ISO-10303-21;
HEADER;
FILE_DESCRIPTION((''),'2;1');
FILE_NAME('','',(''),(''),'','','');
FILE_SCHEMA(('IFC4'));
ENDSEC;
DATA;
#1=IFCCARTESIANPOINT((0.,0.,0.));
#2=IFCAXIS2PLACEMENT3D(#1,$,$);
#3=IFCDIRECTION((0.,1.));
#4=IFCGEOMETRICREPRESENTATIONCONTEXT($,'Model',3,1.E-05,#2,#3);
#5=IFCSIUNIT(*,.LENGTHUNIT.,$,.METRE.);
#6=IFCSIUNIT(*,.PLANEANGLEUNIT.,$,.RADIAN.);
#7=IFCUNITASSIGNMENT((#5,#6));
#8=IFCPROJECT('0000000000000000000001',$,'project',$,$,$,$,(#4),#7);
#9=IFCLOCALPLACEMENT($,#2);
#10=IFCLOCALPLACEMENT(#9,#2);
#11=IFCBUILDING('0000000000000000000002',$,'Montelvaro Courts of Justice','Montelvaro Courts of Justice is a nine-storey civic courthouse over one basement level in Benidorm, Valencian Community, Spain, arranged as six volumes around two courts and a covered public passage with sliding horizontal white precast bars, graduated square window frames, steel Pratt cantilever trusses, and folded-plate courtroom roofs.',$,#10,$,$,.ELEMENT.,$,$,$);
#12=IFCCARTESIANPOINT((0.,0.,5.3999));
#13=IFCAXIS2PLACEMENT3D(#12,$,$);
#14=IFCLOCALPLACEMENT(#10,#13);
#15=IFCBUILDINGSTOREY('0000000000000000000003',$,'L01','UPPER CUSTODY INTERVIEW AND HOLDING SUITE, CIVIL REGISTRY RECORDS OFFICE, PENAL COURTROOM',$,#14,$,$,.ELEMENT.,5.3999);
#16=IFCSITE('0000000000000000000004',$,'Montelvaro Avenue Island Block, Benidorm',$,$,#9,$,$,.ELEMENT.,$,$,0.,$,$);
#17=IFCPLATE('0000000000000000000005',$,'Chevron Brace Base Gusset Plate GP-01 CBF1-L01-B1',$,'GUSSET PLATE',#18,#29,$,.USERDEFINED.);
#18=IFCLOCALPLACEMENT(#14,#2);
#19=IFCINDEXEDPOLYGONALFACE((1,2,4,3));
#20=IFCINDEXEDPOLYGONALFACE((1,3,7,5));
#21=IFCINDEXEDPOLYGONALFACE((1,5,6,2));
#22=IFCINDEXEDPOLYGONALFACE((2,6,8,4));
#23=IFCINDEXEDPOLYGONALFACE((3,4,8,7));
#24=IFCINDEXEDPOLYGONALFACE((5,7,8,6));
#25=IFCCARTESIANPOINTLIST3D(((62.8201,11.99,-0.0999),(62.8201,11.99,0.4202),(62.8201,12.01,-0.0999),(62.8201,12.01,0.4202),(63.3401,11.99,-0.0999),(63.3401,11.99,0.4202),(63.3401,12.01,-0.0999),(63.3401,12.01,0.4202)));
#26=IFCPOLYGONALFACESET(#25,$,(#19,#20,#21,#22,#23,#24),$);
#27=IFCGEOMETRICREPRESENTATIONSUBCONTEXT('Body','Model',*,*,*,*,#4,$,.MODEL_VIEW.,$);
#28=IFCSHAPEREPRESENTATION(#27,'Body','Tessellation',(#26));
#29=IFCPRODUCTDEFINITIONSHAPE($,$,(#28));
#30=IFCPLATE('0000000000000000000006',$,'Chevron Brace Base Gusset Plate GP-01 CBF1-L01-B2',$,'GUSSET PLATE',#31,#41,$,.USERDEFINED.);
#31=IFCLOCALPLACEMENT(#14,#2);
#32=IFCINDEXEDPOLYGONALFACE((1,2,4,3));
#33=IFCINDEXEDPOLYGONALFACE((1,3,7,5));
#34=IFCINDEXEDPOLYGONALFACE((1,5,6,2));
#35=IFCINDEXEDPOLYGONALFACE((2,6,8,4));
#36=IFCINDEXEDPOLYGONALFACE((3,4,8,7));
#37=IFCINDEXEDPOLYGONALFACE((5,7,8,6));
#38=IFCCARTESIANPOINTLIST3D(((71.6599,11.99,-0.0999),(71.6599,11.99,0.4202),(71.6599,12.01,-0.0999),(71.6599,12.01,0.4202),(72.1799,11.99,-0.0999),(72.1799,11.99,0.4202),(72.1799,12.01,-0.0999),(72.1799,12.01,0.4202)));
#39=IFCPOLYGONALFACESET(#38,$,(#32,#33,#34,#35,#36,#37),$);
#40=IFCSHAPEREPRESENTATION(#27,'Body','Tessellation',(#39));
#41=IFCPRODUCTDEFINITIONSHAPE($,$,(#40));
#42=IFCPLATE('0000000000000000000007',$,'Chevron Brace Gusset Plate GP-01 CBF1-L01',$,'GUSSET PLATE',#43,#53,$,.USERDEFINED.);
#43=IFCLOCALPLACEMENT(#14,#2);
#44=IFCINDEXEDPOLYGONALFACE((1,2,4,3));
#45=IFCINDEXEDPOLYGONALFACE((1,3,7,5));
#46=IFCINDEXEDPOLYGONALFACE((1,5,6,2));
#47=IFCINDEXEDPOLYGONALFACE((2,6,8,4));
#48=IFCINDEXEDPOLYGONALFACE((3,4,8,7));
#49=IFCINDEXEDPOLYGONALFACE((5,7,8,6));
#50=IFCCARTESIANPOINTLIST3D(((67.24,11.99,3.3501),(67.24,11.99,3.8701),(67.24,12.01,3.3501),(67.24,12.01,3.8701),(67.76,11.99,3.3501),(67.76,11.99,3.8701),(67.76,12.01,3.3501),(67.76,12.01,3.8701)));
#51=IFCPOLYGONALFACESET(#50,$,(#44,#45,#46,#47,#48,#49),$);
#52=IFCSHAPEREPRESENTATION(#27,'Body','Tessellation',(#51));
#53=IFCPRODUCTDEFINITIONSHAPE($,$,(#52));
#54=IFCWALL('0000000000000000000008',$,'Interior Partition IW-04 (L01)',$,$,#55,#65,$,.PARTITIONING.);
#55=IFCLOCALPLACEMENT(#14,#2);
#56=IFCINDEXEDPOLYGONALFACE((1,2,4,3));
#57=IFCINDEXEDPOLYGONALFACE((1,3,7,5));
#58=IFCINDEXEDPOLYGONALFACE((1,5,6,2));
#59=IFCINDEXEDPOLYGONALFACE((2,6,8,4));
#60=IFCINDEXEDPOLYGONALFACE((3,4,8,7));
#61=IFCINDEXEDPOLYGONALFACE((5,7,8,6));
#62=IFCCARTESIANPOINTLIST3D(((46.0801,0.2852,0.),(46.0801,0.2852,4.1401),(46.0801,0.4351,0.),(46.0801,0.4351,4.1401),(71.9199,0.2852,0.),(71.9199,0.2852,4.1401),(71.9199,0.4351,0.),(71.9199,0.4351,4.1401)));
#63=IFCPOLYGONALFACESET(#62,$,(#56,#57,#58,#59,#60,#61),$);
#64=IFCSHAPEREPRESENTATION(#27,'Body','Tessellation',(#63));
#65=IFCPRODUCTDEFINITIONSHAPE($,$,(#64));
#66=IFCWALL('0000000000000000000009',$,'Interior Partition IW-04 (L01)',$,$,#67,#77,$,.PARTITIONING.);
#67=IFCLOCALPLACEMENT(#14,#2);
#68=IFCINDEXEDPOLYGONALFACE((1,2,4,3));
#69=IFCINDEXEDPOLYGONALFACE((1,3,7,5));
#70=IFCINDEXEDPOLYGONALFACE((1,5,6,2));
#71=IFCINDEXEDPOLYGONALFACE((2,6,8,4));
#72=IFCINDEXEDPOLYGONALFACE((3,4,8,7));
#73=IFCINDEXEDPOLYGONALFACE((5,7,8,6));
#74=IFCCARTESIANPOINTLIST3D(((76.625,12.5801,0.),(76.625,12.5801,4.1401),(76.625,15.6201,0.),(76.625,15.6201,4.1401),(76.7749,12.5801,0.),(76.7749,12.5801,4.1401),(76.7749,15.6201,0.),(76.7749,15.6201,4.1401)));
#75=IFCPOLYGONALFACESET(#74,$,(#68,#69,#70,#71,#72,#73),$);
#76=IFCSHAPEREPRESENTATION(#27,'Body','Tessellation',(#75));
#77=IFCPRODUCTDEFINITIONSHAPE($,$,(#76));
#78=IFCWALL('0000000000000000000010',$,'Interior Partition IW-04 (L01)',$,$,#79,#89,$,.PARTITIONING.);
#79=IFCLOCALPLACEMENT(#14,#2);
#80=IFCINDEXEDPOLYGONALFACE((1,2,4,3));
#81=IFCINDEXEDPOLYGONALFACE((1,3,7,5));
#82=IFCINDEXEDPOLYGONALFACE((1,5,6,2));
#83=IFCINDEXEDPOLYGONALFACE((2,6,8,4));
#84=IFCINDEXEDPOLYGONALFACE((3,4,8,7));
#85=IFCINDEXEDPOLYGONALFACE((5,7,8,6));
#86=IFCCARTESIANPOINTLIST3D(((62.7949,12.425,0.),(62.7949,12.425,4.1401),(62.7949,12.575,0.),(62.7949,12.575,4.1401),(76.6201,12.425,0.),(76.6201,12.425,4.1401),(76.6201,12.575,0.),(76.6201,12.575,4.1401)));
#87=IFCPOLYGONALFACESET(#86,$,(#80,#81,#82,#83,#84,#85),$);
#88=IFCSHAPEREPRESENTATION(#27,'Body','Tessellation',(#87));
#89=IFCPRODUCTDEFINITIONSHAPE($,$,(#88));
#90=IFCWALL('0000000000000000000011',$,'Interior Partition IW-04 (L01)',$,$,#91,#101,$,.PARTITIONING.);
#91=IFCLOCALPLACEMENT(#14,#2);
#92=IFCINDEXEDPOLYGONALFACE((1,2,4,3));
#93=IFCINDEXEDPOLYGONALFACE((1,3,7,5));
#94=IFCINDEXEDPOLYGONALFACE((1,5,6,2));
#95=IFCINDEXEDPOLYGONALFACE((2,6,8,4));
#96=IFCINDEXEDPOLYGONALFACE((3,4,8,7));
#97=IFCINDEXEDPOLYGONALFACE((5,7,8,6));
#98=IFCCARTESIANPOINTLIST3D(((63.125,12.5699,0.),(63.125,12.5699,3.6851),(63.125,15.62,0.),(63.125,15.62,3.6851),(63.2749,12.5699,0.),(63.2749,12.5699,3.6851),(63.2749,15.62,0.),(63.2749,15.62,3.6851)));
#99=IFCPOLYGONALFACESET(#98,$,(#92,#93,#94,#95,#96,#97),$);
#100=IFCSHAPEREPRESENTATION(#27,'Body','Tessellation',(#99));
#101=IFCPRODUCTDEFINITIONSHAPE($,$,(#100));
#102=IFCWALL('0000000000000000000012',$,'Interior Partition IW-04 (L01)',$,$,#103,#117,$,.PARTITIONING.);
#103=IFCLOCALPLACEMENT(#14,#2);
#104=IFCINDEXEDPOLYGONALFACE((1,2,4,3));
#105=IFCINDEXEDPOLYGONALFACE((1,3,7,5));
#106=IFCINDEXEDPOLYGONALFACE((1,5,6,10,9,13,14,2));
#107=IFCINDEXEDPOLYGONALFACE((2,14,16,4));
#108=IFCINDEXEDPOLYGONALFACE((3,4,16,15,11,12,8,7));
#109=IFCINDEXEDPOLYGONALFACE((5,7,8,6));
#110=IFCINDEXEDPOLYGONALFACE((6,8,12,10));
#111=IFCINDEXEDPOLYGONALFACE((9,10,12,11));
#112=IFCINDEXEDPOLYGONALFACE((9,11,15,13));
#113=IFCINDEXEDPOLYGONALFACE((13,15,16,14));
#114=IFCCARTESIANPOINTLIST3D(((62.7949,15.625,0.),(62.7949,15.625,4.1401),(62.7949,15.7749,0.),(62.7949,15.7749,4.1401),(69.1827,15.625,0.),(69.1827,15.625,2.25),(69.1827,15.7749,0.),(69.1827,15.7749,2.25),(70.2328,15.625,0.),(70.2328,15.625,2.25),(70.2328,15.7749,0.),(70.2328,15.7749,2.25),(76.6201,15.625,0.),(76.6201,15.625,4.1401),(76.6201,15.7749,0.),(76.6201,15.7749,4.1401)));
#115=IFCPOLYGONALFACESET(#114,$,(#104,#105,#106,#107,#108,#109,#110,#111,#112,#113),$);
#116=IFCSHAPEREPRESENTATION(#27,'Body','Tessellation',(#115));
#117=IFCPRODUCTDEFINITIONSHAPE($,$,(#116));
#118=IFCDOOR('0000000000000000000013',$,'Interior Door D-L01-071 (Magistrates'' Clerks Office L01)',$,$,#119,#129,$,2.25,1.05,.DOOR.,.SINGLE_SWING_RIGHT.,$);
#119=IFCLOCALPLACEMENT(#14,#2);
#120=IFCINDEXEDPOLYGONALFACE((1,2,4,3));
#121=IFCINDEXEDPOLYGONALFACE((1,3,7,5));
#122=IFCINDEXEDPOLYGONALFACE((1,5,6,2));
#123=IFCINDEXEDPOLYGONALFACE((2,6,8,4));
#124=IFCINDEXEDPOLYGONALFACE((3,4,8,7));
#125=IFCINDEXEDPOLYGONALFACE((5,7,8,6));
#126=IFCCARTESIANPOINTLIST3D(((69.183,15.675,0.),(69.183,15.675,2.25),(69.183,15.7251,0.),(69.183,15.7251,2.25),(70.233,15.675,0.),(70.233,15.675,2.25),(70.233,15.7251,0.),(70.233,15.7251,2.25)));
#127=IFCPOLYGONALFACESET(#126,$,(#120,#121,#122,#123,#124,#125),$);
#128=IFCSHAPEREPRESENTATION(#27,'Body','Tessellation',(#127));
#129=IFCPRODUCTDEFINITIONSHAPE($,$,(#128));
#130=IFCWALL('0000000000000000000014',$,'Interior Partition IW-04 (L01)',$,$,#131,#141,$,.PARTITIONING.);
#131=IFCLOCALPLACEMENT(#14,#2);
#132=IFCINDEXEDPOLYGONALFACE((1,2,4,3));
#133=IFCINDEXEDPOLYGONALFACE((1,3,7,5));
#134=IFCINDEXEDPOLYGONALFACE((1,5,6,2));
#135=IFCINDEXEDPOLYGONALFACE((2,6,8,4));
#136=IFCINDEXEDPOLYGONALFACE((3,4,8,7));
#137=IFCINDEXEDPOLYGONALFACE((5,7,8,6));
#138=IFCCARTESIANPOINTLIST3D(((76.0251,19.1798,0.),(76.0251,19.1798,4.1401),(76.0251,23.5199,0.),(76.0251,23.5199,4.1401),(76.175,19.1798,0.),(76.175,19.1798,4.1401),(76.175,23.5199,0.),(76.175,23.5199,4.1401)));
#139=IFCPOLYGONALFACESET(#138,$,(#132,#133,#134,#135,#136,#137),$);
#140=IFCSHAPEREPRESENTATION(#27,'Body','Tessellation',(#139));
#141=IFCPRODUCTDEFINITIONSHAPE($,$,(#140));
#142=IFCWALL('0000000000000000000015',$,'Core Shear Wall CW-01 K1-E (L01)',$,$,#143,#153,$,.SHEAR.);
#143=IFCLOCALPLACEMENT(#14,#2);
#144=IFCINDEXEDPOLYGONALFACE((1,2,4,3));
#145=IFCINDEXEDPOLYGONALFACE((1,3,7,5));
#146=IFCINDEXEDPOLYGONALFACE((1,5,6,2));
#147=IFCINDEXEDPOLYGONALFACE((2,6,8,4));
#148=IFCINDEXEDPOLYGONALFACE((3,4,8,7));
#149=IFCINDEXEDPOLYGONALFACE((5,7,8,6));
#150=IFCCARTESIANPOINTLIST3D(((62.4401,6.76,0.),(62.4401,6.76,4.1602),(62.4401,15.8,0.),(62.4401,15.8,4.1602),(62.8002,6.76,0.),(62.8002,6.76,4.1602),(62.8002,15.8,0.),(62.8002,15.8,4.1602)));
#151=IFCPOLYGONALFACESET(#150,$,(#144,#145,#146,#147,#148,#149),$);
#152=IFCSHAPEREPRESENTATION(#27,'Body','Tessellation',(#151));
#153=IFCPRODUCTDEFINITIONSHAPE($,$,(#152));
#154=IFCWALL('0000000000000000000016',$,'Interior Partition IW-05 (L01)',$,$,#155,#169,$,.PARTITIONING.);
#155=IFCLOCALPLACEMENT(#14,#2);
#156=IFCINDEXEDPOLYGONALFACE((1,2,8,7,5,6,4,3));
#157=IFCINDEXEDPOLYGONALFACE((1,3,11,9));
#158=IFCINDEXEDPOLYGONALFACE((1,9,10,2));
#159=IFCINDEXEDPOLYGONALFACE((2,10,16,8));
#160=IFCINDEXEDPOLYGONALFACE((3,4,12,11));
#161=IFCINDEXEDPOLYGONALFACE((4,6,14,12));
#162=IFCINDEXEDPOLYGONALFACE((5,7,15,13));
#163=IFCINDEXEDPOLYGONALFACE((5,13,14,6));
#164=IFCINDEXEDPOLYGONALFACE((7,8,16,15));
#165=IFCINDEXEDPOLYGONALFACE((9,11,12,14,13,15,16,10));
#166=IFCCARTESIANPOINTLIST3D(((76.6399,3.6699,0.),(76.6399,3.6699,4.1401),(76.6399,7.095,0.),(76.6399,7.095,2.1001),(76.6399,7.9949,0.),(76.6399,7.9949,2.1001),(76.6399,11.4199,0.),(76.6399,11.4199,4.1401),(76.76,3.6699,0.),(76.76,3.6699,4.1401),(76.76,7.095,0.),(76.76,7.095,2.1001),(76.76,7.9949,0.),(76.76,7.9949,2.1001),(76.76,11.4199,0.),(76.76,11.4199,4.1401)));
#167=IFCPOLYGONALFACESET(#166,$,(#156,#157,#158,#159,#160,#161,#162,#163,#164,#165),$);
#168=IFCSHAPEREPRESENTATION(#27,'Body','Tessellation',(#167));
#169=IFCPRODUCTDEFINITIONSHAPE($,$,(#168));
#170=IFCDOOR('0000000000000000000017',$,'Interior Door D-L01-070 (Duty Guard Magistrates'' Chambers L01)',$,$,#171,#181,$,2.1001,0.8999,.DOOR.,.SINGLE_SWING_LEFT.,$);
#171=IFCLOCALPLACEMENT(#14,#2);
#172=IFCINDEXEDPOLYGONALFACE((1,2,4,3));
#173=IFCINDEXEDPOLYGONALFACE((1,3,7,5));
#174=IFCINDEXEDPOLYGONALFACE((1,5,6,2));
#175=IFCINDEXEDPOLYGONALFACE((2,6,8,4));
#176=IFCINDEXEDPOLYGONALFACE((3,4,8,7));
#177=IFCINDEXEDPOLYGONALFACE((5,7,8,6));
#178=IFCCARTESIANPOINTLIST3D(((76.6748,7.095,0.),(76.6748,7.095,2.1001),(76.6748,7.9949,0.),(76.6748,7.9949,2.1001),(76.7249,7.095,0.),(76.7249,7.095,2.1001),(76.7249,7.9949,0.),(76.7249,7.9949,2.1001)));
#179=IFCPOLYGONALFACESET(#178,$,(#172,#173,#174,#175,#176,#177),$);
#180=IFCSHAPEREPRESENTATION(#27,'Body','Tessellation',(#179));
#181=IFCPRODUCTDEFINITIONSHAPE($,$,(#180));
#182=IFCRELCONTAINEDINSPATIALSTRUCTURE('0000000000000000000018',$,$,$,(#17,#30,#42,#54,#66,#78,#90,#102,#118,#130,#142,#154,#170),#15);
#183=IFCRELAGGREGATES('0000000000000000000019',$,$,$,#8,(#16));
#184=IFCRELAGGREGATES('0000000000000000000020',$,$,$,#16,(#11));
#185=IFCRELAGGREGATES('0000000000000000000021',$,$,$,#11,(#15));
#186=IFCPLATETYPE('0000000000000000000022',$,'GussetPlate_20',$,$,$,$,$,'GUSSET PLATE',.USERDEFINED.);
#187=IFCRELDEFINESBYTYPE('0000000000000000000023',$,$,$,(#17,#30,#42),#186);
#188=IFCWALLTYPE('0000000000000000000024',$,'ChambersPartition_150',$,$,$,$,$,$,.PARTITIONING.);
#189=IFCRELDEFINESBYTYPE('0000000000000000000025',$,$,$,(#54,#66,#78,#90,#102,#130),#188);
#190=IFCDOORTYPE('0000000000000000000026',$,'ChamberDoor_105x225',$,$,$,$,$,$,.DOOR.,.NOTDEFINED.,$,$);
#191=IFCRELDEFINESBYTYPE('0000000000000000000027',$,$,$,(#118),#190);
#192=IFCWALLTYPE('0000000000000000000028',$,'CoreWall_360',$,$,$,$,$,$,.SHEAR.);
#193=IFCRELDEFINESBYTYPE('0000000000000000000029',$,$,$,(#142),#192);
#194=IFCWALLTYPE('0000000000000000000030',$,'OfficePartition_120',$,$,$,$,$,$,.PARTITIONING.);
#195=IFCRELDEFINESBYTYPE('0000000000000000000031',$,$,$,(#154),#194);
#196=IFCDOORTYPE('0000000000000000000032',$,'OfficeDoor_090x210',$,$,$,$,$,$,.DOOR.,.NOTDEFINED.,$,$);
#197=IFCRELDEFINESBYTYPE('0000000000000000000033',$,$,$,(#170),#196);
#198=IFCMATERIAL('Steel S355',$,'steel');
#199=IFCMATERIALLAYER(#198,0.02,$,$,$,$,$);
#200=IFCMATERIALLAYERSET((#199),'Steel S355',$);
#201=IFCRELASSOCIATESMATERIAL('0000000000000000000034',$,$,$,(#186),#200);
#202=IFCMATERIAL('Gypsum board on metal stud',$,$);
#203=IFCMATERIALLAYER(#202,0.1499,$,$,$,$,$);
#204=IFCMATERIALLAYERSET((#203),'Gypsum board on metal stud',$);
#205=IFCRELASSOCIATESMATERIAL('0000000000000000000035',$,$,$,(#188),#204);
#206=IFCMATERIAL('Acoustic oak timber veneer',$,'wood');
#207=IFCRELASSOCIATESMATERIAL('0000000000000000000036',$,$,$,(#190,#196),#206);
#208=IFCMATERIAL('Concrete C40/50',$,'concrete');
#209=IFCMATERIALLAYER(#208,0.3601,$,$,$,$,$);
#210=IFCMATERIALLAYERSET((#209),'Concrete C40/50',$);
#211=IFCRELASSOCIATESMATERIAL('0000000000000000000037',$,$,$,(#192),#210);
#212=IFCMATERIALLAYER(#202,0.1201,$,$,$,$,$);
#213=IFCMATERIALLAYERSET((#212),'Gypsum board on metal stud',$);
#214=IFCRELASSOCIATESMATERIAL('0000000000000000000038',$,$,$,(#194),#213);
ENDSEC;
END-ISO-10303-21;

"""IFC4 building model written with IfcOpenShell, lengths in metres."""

from ifc_helpers import new_model, si_unit, direction, frame, frame_2d, origin, origin_2d, place, context, subcontext, project, spatial, rectangle, extrude, material, layer, layer_set, type_object, element, fill, save


model = new_model("IFC4")

# Units and contexts
model_context = context("Model", 3, precision=1e-05, world=origin(), true_north=direction((0.0, 1.0)))
body_context = subcontext(model_context, "Body", "Model", "MODEL_VIEW")
ifc_project = project(units=[si_unit("LENGTHUNIT", "METRE"), si_unit("PLANEANGLEUNIT", "RADIAN")], contexts=[model_context])

# Site, building, storey
site_placement = place(None, origin())
site = spatial("IfcSite", under=ifc_project, at=site_placement, Name="Montelvaro Avenue Island Block, Benidorm", CompositionType="ELEMENT", RefElevation=0.0)
building_placement = place(site_placement, origin())
building = spatial("IfcBuilding", under=site, at=building_placement, Name="Montelvaro Courts of Justice", Description="Montelvaro Courts of Justice is a nine-storey civic courthouse over one basement level in Benidorm, Valencian Community, Spain, arranged as six volumes around two courts and a covered public passage with sliding horizontal white precast bars, graduated square window frames, steel Pratt cantilever trusses, and folded-plate courtroom roofs.", CompositionType="ELEMENT")
storey_placement = place(building_placement, frame((0.0, 0.0, 5.3999)))
storey = spatial("IfcBuildingStorey", under=building, at=storey_placement, Name="L01", Description="UPPER CUSTODY INTERVIEW AND HOLDING SUITE, CIVIL REGISTRY RECORDS OFFICE, PENAL COURTROOM", CompositionType="ELEMENT", Elevation=5.3999)

# Shared definitions
ifc_material_1 = material(Name="Steel S355", Category="steel")

# Plates
ifc_layer_1 = layer(ifc_material_1, 0.02)
ifc_layer_set_1 = layer_set([ifc_layer_1], Name="Steel S355")
plate_type_1 = type_object("IfcPlateType", Name="GussetPlate_20", ElementType="GUSSET PLATE", PredefinedType="USERDEFINED", material=ifc_layer_set_1)
for number, where, z_axis, x_axis, name in (
    (1, (63.0801, 12.0, -0.0999), (0.0, 0.0, 1.0), (1.0, 0.0, 0.0), "Chevron Brace Base Gusset Plate GP-01 CBF1-L01-B1"),
    (2, (71.9199, 12.0, -0.0999), (0.0, 0.0, 1.0), (1.0, 0.0, 0.0), "Chevron Brace Base Gusset Plate GP-01 CBF1-L01-B2"),
    (3, (67.5, 12.0, 3.3501), (0.0, 0.0, 1.0), (1.0, 0.0, 0.0), "Chevron Brace Gusset Plate GP-01 CBF1-L01"),
):
    element("IfcPlate", number, at=place(storey_placement, frame(where, z_axis=z_axis, x_axis=x_axis)), inside=storey, type_object=plate_type_1, Name=name, ObjectType="GUSSET PLATE", PredefinedType="USERDEFINED", context=body_context, shape_type="SweptSolid", body=[
        extrude(rectangle(XDim=0.52, YDim=0.02, at=origin_2d()), origin(), (0.0, 0.0, 1.0), 0.52),
    ])

# Walls
ifc_material_2 = material(Name="Gypsum board on metal stud")
ifc_layer_2 = layer(ifc_material_2, 0.1499)
ifc_layer_set_2 = layer_set([ifc_layer_2], Name="Gypsum board on metal stud")
wall_type_1 = type_object("IfcWallType", Name="ChambersPartition_150", PredefinedType="PARTITIONING", material=ifc_layer_set_2)
wall_1_placement = place(storey_placement, frame((71.9199, 0.3601, 0.0), z_axis=(0.0, 0.0, 1.0), x_axis=(-1.0, 0.0, 0.0)))
element("IfcWall", 4, at=wall_1_placement, inside=storey, type_object=wall_type_1, Name="Interior Partition IW-04 (L01)", PredefinedType="PARTITIONING", context=body_context, shape_type="SweptSolid", body=[
    extrude(rectangle(XDim=25.8398, YDim=0.1499, at=frame_2d((12.9199, 0.0))), origin(), (0.0, 0.0, 1.0), 4.1401),
])
wall_2_placement = place(storey_placement, frame((76.7, 15.6201, 0.0), z_axis=(0.0, 0.0, 1.0), x_axis=(0.0, -1.0, 0.0)))
element("IfcWall", 5, at=wall_2_placement, inside=storey, type_object=wall_type_1, Name="Interior Partition IW-04 (L01)", PredefinedType="PARTITIONING", context=body_context, shape_type="SweptSolid", body=[
    extrude(rectangle(XDim=3.04, YDim=0.1499, at=frame_2d((1.52, 0.0))), origin(), (0.0, 0.0, 1.0), 4.1401),
])
wall_3_placement = place(storey_placement, frame((76.6201, 12.5, 0.0), z_axis=(0.0, 0.0, 1.0), x_axis=(-1.0, 0.0, 0.0)))
element("IfcWall", 6, at=wall_3_placement, inside=storey, type_object=wall_type_1, Name="Interior Partition IW-04 (L01)", PredefinedType="PARTITIONING", context=body_context, shape_type="SweptSolid", body=[
    extrude(rectangle(XDim=13.8252, YDim=0.1499, at=frame_2d((6.9126, 0.0))), origin(), (0.0, 0.0, 1.0), 4.1401),
])
wall_4_placement = place(storey_placement, frame((63.2, 12.5701, 0.0), z_axis=(0.0, 0.0, 1.0), x_axis=(0.0, 1.0, 0.0)))
element("IfcWall", 7, at=wall_4_placement, inside=storey, type_object=wall_type_1, Name="Interior Partition IW-04 (L01)", PredefinedType="PARTITIONING", context=body_context, shape_type="SweptSolid", body=[
    extrude(rectangle(XDim=3.05, YDim=0.1499, at=frame_2d((1.5249, 0.0))), origin(), (0.0, 0.0, 1.0), 3.6851),
])

# Wall, opening, door
wall_5_placement = place(storey_placement, frame((62.7949, 15.7, 0.0), z_axis=(0.0, 0.0, 1.0), x_axis=(1.0, 0.0, 0.0)))
wall_5 = element("IfcWall", 8, at=wall_5_placement, inside=storey, type_object=wall_type_1, Name="Interior Partition IW-04 (L01)", PredefinedType="PARTITIONING", context=body_context, shape_type="SweptSolid", body=[
    extrude(rectangle(XDim=13.8252, YDim=0.1499, at=frame_2d((6.9126, 0.0))), origin(), (0.0, 0.0, 1.0), 4.1401),
])
opening_1_placement = place(wall_5_placement, frame((6.3879, 0.0, 0.0)))
opening_1 = element("IfcOpeningElement", 9, at=opening_1_placement, cuts=wall_5, PredefinedType="OPENING", context=body_context, shape_type="SweptSolid", body=[
    extrude(rectangle(XDim=1.05, YDim=2.25, at=frame_2d((0.5249, 1.125))), frame((0.0, 0.0898, 0.0), z_axis=(0.0, -1.0, 0.0), x_axis=(1.0, 0.0, 0.0)), (0.0, 0.0, 1.0), 0.1797),
])
ifc_material_3 = material(Name="Acoustic oak timber veneer", Category="wood")
door_type_1 = type_object("IfcDoorType", Name="ChamberDoor_105x225", OperationType="NOTDEFINED", PredefinedType="DOOR", material=ifc_material_3)
door_1_placement = place(opening_1_placement, frame((1.05, 0.0, 0.0), z_axis=(0.0, 0.0, 1.0), x_axis=(-1.0, 0.0, 0.0)))
door_1 = element("IfcDoor", 10, at=door_1_placement, inside=storey, type_object=door_type_1, Name="Interior Door D-L01-071 (Magistrates' Clerks Office L01)", OperationType="SINGLE_SWING_RIGHT", OverallHeight=2.25, OverallWidth=1.05, PredefinedType="DOOR", context=body_context, shape_type="SweptSolid", body=[
    extrude(rectangle(XDim=1.05, YDim=2.25, at=frame_2d((0.5249, 1.125))), frame((0.0, 0.0249, 0.0), z_axis=(0.0, -1.0, 0.0), x_axis=(1.0, 0.0, 0.0)), (0.0, 0.0, 1.0), 0.05),
])
fill(opening_1, door_1)

# Walls
wall_6_placement = place(storey_placement, frame((76.1001, 19.1799, 0.0), z_axis=(0.0, 0.0, 1.0), x_axis=(0.0, 1.0, 0.0)))
element("IfcWall", 11, at=wall_6_placement, inside=storey, type_object=wall_type_1, Name="Interior Partition IW-04 (L01)", PredefinedType="PARTITIONING", context=body_context, shape_type="SweptSolid", body=[
    extrude(rectangle(XDim=4.3401, YDim=0.1499, at=frame_2d((2.1699, 0.0))), origin(), (0.0, 0.0, 1.0), 4.1401),
])
ifc_material_4 = material(Name="Concrete C40/50", Category="concrete")
ifc_layer_3 = layer(ifc_material_4, 0.3601)
ifc_layer_set_3 = layer_set([ifc_layer_3], Name="Concrete C40/50")
wall_type_2 = type_object("IfcWallType", Name="CoreWall_360", PredefinedType="SHEAR", material=ifc_layer_set_3)
wall_7_placement = place(storey_placement, frame((62.6201, 6.76, 0.0), z_axis=(0.0, 0.0, 1.0), x_axis=(0.0, 1.0, 0.0)))
element("IfcWall", 12, at=wall_7_placement, inside=storey, type_object=wall_type_2, Name="Core Shear Wall CW-01 K1-E (L01)", PredefinedType="SHEAR", context=body_context, shape_type="SweptSolid", body=[
    extrude(rectangle(XDim=9.04, YDim=0.3601, at=frame_2d((4.52, 0.0))), origin(), (0.0, 0.0, 1.0), 4.1602),
])

# Wall, opening, door
ifc_layer_4 = layer(ifc_material_2, 0.1201)
ifc_layer_set_4 = layer_set([ifc_layer_4], Name="Gypsum board on metal stud")
wall_type_3 = type_object("IfcWallType", Name="OfficePartition_120", PredefinedType="PARTITIONING", material=ifc_layer_set_4)
wall_8_placement = place(storey_placement, frame((76.7, 11.4199, 0.0), z_axis=(0.0, 0.0, 1.0), x_axis=(0.0, -1.0, 0.0)))
wall_8 = element("IfcWall", 13, at=wall_8_placement, inside=storey, type_object=wall_type_3, Name="Interior Partition IW-05 (L01)", PredefinedType="PARTITIONING", context=body_context, shape_type="SweptSolid", body=[
    extrude(rectangle(XDim=7.75, YDim=0.1201, at=frame_2d((3.875, 0.0))), origin(), (0.0, 0.0, 1.0), 4.1401),
])
opening_2_placement = place(wall_8_placement, frame((3.425, 0.0, 0.0)))
opening_2 = element("IfcOpeningElement", 14, at=opening_2_placement, cuts=wall_8, PredefinedType="OPENING", context=body_context, shape_type="SweptSolid", body=[
    extrude(rectangle(XDim=0.8999, YDim=2.1001, at=frame_2d((0.45, 1.05))), frame((0.0, 0.075, 0.0), z_axis=(0.0, -1.0, 0.0), x_axis=(1.0, 0.0, 0.0)), (0.0, 0.0, 1.0), 0.1499),
])
door_type_2 = type_object("IfcDoorType", Name="OfficeDoor_090x210", OperationType="NOTDEFINED", PredefinedType="DOOR", material=ifc_material_3)
door_2_placement = place(opening_2_placement, origin())
door_2 = element("IfcDoor", 15, at=door_2_placement, inside=storey, type_object=door_type_2, Name="Interior Door D-L01-070 (Duty Guard Magistrates' Chambers L01)", OperationType="SINGLE_SWING_LEFT", OverallHeight=2.1001, OverallWidth=0.8999, PredefinedType="DOOR", context=body_context, shape_type="SweptSolid", body=[
    extrude(rectangle(XDim=0.8999, YDim=2.1001, at=frame_2d((0.45, 1.05))), frame((0.0, 0.0249, 0.0), z_axis=(0.0, -1.0, 0.0), x_axis=(1.0, 0.0, 0.0)), (0.0, 0.0, 1.0), 0.05),
])
fill(opening_2, door_2)

save(model, "model.ifc")
